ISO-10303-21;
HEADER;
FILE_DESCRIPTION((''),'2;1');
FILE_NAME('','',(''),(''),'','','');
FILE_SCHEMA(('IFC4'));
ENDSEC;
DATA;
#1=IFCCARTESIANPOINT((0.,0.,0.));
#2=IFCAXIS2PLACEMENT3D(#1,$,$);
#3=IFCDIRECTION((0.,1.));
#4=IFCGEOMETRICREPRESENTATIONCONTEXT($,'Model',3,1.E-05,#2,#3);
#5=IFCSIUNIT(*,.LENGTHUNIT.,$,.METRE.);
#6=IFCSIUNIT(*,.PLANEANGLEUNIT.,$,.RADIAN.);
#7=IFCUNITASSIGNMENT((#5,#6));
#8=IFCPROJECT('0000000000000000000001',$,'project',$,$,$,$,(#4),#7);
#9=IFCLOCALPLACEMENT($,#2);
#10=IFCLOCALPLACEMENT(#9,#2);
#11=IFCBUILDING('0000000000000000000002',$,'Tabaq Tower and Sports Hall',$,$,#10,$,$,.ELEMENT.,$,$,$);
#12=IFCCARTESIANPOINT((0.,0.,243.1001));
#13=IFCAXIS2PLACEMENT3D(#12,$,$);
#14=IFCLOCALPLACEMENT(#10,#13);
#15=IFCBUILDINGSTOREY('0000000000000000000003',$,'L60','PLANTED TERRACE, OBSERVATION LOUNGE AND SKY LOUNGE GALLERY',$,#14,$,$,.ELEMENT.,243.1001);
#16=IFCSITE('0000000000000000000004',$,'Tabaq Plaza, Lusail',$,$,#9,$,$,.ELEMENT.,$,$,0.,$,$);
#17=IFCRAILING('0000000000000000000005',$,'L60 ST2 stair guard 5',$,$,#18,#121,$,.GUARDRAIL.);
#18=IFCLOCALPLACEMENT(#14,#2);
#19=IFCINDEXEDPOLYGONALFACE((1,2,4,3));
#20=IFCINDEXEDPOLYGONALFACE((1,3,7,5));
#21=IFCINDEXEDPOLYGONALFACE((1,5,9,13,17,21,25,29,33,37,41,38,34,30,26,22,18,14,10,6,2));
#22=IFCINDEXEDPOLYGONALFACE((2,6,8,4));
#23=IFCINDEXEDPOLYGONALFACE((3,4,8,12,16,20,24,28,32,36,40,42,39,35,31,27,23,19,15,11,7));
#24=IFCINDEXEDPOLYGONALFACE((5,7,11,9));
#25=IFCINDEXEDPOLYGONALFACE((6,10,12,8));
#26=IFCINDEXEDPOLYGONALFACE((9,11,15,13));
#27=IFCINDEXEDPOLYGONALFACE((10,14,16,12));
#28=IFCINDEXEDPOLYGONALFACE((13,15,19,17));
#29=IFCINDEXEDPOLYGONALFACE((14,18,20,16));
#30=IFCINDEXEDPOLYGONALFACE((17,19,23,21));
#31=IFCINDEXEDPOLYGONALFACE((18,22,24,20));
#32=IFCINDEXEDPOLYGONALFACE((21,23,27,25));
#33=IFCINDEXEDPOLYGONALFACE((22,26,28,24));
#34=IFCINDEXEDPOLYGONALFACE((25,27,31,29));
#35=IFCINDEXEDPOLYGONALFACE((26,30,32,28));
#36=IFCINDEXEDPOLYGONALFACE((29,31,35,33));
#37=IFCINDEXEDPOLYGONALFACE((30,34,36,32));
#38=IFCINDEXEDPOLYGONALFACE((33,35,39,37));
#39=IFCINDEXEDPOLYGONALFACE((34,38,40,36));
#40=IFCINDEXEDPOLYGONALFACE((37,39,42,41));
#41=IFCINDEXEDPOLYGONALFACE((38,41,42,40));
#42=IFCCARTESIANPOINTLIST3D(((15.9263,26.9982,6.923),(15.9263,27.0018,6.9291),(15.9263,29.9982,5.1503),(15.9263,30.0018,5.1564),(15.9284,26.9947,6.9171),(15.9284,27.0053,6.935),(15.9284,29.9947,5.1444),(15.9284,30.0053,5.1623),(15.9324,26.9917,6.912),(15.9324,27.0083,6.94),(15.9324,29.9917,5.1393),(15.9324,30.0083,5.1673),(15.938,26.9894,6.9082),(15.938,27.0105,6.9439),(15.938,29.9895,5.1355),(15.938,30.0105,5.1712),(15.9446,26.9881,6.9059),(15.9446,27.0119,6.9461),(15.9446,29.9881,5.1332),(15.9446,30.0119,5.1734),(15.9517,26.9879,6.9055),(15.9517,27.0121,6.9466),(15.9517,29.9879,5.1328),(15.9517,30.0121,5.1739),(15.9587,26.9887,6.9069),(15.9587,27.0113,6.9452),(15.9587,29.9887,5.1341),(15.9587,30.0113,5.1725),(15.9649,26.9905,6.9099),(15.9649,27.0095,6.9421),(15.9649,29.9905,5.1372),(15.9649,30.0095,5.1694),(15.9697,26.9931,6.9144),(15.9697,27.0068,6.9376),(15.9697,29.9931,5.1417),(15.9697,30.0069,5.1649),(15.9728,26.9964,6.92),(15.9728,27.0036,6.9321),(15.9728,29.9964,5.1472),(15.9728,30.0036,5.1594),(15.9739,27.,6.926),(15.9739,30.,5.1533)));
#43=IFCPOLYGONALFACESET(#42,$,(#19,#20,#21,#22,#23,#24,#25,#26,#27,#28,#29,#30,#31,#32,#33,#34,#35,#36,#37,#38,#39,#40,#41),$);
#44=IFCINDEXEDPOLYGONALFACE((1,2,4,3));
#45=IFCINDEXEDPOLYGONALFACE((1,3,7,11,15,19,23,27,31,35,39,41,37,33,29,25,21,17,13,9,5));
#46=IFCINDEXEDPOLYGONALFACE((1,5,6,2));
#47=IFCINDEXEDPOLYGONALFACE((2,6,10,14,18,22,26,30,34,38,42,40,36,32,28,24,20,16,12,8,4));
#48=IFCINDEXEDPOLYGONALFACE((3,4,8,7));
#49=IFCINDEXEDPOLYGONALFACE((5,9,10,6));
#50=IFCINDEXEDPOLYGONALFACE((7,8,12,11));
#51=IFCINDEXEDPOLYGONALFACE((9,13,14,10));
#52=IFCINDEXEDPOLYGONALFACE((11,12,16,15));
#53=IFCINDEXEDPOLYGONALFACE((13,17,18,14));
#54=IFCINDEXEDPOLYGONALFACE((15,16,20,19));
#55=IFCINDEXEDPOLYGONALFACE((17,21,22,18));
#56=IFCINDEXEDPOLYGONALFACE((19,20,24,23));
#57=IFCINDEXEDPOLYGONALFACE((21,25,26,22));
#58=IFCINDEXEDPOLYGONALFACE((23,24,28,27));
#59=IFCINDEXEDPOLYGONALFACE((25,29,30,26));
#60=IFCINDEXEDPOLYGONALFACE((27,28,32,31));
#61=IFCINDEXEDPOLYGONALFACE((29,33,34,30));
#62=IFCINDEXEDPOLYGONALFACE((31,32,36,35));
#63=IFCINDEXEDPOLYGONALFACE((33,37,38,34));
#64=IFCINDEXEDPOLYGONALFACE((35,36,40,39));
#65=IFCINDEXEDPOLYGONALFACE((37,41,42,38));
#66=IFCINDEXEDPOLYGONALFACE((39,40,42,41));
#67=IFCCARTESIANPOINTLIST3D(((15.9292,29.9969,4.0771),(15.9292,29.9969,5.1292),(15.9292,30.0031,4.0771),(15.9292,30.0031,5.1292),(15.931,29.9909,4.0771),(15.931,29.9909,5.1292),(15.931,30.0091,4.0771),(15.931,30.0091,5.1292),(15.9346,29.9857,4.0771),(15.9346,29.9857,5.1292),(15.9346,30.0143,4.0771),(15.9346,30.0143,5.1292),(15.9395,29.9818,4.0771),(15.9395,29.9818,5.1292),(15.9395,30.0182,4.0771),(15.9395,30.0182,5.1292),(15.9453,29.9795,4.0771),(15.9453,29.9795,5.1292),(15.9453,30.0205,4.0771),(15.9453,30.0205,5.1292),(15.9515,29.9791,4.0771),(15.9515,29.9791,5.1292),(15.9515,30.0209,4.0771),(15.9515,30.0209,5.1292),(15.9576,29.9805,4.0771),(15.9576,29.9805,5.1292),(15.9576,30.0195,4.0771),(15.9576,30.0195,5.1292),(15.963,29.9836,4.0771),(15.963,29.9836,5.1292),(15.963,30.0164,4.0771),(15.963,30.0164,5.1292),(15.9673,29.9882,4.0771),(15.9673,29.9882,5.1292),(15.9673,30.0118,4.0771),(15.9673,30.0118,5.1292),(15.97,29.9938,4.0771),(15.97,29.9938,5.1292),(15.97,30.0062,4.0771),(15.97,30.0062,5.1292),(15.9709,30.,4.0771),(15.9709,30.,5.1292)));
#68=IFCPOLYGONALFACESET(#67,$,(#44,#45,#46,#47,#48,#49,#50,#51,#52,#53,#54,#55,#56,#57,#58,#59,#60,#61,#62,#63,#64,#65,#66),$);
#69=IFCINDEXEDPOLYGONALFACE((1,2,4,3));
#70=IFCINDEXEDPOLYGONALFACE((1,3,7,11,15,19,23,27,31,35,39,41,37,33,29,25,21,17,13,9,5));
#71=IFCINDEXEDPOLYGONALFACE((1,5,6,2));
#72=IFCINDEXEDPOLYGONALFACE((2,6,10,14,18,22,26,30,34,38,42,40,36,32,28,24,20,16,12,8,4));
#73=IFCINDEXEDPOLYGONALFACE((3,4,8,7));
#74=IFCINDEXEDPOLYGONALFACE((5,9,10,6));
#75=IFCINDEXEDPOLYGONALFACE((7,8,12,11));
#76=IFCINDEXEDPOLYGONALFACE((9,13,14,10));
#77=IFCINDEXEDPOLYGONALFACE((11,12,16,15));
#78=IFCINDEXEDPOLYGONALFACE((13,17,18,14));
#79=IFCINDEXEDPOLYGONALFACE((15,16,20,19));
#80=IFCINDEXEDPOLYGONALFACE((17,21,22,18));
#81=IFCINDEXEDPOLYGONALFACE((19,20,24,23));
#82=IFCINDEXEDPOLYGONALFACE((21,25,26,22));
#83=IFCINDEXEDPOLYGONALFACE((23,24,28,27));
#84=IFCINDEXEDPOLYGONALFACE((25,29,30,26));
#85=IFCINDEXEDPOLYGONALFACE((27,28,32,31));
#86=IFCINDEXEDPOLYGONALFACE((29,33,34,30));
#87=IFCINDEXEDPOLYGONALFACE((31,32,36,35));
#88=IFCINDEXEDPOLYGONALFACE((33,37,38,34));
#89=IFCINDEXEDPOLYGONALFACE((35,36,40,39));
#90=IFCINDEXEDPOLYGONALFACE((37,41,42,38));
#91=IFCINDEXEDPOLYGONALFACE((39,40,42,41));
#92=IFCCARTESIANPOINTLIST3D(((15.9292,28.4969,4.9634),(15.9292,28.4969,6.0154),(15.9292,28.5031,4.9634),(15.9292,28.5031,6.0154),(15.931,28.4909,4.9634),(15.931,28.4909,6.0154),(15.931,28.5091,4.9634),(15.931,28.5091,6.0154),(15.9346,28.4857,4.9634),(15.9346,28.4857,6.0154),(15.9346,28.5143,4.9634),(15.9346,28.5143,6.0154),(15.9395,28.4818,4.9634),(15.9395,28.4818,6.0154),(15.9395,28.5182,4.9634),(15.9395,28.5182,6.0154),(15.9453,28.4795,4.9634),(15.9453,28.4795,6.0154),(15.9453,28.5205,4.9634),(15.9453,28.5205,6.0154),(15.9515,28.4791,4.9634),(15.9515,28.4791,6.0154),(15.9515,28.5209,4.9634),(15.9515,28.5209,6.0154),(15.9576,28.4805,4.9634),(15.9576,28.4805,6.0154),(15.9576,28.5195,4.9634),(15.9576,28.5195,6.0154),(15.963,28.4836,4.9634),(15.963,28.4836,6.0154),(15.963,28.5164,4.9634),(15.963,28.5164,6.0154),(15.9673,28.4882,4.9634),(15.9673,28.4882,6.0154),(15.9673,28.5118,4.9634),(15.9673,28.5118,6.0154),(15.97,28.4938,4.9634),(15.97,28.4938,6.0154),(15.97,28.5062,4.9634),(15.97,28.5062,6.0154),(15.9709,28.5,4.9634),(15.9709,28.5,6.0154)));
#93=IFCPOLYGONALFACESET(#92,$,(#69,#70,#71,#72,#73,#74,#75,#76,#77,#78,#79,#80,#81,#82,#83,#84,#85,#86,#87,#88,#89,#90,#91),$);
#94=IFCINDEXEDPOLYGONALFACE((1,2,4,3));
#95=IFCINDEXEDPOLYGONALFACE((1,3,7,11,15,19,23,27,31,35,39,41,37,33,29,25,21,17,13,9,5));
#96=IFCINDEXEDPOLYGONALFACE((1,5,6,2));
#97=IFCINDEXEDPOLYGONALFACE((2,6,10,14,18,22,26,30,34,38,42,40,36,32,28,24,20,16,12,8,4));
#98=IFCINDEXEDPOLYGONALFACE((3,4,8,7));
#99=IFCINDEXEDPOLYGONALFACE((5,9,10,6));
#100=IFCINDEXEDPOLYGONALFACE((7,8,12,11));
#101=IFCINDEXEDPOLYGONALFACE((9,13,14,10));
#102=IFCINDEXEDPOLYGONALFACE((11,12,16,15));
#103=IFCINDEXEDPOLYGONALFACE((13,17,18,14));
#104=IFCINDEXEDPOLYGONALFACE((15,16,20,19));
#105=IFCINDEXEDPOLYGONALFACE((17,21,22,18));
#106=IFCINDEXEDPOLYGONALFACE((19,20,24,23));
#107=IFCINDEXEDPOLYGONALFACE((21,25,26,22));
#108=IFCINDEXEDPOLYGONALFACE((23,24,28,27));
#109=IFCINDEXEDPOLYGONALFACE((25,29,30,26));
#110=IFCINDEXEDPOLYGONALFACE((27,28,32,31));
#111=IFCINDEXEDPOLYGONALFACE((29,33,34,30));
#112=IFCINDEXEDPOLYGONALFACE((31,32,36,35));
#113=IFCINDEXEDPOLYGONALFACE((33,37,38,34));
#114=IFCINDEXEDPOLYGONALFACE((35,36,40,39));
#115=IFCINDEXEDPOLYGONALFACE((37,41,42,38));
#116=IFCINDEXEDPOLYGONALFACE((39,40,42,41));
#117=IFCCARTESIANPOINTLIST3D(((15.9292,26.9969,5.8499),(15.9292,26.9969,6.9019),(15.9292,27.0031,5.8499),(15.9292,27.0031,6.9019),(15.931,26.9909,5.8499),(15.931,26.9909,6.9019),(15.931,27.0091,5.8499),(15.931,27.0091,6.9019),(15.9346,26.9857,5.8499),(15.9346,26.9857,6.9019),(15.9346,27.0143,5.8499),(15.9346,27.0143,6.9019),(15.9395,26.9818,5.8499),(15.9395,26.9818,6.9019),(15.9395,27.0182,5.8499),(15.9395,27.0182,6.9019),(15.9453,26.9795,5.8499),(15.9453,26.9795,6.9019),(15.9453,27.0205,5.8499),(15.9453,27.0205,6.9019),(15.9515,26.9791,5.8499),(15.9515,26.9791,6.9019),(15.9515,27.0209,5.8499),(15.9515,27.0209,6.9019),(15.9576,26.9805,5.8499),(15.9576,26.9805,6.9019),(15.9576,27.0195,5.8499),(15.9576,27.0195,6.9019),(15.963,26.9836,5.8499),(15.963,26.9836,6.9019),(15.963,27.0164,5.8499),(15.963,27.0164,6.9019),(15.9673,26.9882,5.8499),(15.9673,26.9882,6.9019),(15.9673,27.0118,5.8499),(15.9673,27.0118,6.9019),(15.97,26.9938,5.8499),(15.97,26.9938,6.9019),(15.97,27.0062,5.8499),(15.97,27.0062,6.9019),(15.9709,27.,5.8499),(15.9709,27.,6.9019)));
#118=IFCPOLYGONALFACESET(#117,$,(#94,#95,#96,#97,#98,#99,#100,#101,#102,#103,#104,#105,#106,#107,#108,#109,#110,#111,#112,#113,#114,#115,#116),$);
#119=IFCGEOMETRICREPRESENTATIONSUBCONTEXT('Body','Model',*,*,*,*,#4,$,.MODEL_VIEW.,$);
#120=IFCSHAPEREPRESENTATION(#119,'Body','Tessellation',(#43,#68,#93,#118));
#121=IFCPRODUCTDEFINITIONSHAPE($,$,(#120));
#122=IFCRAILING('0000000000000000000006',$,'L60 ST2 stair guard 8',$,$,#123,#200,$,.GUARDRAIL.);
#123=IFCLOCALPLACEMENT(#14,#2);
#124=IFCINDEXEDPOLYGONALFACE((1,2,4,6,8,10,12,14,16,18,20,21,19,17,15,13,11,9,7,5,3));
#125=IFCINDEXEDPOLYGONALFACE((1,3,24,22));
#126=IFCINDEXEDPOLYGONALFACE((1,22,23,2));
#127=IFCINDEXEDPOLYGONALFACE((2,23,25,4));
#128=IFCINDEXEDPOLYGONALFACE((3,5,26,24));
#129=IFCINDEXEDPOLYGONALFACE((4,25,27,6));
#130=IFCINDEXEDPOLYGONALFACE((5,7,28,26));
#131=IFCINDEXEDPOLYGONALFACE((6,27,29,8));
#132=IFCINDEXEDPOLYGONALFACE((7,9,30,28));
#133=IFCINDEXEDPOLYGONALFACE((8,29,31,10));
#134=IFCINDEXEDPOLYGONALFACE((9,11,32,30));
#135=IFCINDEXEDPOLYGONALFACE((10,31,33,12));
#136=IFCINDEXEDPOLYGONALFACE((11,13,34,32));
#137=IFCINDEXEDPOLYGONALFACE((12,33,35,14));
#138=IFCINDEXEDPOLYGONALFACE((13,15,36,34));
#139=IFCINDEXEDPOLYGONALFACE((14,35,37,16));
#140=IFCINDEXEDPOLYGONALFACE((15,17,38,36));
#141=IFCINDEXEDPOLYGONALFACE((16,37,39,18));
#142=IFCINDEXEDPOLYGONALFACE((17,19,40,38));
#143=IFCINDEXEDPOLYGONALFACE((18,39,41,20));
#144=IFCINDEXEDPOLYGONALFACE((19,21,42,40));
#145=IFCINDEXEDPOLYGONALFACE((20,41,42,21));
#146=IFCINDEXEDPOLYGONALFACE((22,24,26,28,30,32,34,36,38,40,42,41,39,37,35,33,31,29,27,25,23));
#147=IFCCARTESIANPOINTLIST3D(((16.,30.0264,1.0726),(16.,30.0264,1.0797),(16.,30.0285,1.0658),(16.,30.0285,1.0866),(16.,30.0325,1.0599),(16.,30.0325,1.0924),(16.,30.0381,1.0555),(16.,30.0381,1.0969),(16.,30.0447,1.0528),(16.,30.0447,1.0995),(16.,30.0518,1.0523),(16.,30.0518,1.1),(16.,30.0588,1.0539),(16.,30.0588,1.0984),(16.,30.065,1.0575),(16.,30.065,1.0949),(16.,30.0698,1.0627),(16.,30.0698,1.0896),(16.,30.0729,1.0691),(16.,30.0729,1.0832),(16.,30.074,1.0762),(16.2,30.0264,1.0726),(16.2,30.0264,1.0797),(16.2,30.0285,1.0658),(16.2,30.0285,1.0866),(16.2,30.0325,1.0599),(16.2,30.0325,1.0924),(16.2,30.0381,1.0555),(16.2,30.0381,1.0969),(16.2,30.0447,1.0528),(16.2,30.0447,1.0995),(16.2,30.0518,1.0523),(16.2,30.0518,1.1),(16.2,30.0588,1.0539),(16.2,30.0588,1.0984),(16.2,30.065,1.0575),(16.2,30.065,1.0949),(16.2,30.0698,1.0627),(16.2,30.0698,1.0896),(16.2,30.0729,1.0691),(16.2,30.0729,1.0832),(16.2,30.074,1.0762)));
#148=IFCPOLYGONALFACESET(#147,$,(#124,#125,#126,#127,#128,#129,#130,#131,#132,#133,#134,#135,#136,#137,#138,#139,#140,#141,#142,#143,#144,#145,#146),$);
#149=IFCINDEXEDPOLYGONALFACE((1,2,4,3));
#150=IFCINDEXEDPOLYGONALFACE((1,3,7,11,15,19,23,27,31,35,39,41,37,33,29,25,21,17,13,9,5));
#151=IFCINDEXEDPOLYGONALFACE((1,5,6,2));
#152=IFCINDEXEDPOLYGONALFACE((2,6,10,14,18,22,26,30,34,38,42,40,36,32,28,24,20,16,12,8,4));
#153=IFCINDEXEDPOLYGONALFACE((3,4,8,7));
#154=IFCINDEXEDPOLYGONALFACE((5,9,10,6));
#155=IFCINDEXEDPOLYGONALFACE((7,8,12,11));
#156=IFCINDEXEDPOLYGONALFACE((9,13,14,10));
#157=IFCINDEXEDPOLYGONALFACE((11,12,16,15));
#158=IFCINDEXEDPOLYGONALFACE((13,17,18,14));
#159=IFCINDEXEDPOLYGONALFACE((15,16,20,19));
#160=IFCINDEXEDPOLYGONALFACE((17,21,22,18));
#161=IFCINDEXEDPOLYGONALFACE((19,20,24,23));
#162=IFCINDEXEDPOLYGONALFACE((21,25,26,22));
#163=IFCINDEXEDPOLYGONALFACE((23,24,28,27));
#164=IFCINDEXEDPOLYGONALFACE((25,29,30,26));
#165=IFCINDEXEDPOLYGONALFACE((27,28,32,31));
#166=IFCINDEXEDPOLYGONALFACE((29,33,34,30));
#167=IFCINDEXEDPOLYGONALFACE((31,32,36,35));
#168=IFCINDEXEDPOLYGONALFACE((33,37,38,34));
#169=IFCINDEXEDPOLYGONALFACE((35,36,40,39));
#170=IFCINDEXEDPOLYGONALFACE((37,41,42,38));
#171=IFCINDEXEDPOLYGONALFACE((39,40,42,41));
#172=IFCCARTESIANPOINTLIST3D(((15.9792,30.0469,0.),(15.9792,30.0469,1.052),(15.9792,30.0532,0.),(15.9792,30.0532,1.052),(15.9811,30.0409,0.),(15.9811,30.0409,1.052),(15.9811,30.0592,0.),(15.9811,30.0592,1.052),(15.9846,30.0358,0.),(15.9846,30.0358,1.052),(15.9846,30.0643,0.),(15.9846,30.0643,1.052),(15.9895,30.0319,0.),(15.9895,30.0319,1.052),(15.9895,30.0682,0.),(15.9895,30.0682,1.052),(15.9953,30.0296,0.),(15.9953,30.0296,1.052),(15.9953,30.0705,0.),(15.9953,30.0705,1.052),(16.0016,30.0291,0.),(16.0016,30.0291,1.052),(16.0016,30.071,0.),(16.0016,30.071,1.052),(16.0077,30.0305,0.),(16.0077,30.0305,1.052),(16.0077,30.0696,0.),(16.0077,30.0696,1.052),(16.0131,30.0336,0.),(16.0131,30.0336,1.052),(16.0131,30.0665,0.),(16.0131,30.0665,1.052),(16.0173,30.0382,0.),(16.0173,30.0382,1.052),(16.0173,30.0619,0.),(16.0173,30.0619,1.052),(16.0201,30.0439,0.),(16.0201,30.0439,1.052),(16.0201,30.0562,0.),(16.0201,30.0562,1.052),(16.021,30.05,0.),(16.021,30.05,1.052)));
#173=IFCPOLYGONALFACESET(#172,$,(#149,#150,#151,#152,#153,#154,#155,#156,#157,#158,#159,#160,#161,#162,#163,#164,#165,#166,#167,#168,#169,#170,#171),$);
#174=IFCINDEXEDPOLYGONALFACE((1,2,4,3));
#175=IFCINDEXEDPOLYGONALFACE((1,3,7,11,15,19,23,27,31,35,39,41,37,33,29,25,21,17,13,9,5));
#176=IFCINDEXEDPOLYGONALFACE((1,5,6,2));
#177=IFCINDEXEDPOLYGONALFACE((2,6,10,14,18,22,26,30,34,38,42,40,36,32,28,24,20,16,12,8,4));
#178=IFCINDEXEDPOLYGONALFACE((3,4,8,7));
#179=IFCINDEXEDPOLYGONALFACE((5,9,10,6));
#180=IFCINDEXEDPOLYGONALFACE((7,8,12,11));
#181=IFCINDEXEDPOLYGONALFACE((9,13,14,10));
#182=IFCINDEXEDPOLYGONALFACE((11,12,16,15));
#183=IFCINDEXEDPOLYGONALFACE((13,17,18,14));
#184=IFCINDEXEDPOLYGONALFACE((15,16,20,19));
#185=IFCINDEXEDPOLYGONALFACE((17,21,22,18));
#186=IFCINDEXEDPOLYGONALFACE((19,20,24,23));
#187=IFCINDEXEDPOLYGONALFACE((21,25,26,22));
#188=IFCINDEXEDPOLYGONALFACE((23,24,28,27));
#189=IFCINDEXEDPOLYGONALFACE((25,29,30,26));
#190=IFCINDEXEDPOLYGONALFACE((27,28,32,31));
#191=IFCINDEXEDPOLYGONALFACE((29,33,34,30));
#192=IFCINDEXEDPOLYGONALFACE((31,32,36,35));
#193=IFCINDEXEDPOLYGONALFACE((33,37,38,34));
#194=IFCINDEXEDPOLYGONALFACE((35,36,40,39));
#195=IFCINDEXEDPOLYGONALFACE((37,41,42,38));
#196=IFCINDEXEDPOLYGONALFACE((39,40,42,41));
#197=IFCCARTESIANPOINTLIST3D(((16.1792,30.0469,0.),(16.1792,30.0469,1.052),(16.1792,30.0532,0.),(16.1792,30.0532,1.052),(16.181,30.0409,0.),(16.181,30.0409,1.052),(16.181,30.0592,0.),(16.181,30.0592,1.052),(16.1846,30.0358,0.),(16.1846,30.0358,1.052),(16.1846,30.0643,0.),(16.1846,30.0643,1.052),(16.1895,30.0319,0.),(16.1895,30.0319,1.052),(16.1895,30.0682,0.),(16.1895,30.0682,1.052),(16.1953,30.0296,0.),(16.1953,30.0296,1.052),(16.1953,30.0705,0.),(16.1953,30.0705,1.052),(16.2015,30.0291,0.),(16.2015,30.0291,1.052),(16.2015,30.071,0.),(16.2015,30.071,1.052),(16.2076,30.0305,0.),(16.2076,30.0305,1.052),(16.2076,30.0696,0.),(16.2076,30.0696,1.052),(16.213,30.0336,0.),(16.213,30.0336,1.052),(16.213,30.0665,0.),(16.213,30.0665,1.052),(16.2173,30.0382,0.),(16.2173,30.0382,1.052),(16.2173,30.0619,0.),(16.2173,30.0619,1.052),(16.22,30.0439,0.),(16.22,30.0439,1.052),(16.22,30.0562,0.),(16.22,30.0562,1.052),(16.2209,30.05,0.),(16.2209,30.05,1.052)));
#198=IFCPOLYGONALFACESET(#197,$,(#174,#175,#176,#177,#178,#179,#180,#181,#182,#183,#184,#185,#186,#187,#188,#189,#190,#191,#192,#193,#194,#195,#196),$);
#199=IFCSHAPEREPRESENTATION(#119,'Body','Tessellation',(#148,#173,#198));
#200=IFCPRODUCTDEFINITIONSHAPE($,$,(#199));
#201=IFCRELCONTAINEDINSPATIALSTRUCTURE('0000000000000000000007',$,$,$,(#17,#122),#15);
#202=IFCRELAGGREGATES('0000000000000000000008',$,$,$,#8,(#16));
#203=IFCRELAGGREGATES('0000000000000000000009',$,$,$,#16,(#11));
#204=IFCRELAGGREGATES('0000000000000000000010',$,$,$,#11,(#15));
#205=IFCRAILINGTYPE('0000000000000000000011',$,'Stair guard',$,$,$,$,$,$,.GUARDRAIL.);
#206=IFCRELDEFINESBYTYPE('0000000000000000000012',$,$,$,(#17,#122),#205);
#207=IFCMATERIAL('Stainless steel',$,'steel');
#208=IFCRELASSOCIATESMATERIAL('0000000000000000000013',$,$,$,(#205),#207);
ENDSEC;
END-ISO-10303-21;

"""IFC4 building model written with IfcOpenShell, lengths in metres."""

from ifc_helpers import new_model, si_unit, direction, frame, origin, origin_2d, place, context, subcontext, project, spatial, circle, extrude, material, type_object, element, save


model = new_model("IFC4")

# Units and contexts
model_context = context("Model", 3, precision=1e-05, world=origin(), true_north=direction((0.0, 1.0)))
body_context = subcontext(model_context, "Body", "Model", "MODEL_VIEW")
ifc_project = project(units=[si_unit("LENGTHUNIT", "METRE"), si_unit("PLANEANGLEUNIT", "RADIAN")], contexts=[model_context])

# Site, building, storey
site_placement = place(None, origin())
site = spatial("IfcSite", under=ifc_project, at=site_placement, Name="Tabaq Plaza, Lusail", CompositionType="ELEMENT", RefElevation=0.0)
building_placement = place(site_placement, origin())
building = spatial("IfcBuilding", under=site, at=building_placement, Name="Tabaq Tower and Sports Hall", CompositionType="ELEMENT")
storey_placement = place(building_placement, frame((0.0, 0.0, 243.1001)))
storey = spatial("IfcBuildingStorey", under=building, at=storey_placement, Name="L60", Description="PLANTED TERRACE, OBSERVATION LOUNGE AND SKY LOUNGE GALLERY", CompositionType="ELEMENT", Elevation=243.1001)

# Railings
ifc_material_1 = material(Name="Stainless steel", Category="steel")
railing_type_1 = type_object("IfcRailingType", Name="Stair guard", PredefinedType="GUARDRAIL", material=ifc_material_1)
railing_1_placement = place(storey_placement, frame((15.95, 30.0, 4.0771)))
element("IfcRailing", 1, at=railing_1_placement, inside=storey, type_object=railing_type_1, Name="L60 ST2 stair guard 5", PredefinedType="GUARDRAIL", context=body_context, shape_type="SweptSolid", body=[
    extrude(circle(Radius=0.0239, at=origin_2d()), frame((0.0, 0.0, 1.0762), z_axis=(0.0, -0.860929, 0.508725), x_axis=(1.0, 0.0, 0.0)), (0.0, 0.0, 1.0), 3.4846),
    extrude(circle(Radius=0.021, at=origin_2d()), origin(), (0.0, 0.0, 1.0), 1.052),
    extrude(circle(Radius=0.021, at=origin_2d()), frame((0.0, -1.5, 0.8862)), (0.0, 0.0, 1.0), 1.052),
    extrude(circle(Radius=0.021, at=origin_2d()), frame((0.0, -3.0, 1.7727)), (0.0, 0.0, 1.0), 1.052),
])
railing_2_placement = place(storey_placement, frame((16.0, 30.05, 0.0)))
element("IfcRailing", 2, at=railing_2_placement, inside=storey, type_object=railing_type_1, Name="L60 ST2 stair guard 8", PredefinedType="GUARDRAIL", context=body_context, shape_type="SweptSolid", body=[
    extrude(circle(Radius=0.0239, at=origin_2d()), frame((0.0, 0.0, 1.0762), z_axis=(1.0, 0.0, 0.0), x_axis=(0.0, 1.0, 0.0)), (0.0, 0.0, 1.0), 0.2),
    extrude(circle(Radius=0.021, at=origin_2d()), origin(), (0.0, 0.0, 1.0), 1.052),
    extrude(circle(Radius=0.021, at=origin_2d()), frame((0.2, 0.0, 0.0)), (0.0, 0.0, 1.0), 1.052),
])

save(model, "model.ifc")
